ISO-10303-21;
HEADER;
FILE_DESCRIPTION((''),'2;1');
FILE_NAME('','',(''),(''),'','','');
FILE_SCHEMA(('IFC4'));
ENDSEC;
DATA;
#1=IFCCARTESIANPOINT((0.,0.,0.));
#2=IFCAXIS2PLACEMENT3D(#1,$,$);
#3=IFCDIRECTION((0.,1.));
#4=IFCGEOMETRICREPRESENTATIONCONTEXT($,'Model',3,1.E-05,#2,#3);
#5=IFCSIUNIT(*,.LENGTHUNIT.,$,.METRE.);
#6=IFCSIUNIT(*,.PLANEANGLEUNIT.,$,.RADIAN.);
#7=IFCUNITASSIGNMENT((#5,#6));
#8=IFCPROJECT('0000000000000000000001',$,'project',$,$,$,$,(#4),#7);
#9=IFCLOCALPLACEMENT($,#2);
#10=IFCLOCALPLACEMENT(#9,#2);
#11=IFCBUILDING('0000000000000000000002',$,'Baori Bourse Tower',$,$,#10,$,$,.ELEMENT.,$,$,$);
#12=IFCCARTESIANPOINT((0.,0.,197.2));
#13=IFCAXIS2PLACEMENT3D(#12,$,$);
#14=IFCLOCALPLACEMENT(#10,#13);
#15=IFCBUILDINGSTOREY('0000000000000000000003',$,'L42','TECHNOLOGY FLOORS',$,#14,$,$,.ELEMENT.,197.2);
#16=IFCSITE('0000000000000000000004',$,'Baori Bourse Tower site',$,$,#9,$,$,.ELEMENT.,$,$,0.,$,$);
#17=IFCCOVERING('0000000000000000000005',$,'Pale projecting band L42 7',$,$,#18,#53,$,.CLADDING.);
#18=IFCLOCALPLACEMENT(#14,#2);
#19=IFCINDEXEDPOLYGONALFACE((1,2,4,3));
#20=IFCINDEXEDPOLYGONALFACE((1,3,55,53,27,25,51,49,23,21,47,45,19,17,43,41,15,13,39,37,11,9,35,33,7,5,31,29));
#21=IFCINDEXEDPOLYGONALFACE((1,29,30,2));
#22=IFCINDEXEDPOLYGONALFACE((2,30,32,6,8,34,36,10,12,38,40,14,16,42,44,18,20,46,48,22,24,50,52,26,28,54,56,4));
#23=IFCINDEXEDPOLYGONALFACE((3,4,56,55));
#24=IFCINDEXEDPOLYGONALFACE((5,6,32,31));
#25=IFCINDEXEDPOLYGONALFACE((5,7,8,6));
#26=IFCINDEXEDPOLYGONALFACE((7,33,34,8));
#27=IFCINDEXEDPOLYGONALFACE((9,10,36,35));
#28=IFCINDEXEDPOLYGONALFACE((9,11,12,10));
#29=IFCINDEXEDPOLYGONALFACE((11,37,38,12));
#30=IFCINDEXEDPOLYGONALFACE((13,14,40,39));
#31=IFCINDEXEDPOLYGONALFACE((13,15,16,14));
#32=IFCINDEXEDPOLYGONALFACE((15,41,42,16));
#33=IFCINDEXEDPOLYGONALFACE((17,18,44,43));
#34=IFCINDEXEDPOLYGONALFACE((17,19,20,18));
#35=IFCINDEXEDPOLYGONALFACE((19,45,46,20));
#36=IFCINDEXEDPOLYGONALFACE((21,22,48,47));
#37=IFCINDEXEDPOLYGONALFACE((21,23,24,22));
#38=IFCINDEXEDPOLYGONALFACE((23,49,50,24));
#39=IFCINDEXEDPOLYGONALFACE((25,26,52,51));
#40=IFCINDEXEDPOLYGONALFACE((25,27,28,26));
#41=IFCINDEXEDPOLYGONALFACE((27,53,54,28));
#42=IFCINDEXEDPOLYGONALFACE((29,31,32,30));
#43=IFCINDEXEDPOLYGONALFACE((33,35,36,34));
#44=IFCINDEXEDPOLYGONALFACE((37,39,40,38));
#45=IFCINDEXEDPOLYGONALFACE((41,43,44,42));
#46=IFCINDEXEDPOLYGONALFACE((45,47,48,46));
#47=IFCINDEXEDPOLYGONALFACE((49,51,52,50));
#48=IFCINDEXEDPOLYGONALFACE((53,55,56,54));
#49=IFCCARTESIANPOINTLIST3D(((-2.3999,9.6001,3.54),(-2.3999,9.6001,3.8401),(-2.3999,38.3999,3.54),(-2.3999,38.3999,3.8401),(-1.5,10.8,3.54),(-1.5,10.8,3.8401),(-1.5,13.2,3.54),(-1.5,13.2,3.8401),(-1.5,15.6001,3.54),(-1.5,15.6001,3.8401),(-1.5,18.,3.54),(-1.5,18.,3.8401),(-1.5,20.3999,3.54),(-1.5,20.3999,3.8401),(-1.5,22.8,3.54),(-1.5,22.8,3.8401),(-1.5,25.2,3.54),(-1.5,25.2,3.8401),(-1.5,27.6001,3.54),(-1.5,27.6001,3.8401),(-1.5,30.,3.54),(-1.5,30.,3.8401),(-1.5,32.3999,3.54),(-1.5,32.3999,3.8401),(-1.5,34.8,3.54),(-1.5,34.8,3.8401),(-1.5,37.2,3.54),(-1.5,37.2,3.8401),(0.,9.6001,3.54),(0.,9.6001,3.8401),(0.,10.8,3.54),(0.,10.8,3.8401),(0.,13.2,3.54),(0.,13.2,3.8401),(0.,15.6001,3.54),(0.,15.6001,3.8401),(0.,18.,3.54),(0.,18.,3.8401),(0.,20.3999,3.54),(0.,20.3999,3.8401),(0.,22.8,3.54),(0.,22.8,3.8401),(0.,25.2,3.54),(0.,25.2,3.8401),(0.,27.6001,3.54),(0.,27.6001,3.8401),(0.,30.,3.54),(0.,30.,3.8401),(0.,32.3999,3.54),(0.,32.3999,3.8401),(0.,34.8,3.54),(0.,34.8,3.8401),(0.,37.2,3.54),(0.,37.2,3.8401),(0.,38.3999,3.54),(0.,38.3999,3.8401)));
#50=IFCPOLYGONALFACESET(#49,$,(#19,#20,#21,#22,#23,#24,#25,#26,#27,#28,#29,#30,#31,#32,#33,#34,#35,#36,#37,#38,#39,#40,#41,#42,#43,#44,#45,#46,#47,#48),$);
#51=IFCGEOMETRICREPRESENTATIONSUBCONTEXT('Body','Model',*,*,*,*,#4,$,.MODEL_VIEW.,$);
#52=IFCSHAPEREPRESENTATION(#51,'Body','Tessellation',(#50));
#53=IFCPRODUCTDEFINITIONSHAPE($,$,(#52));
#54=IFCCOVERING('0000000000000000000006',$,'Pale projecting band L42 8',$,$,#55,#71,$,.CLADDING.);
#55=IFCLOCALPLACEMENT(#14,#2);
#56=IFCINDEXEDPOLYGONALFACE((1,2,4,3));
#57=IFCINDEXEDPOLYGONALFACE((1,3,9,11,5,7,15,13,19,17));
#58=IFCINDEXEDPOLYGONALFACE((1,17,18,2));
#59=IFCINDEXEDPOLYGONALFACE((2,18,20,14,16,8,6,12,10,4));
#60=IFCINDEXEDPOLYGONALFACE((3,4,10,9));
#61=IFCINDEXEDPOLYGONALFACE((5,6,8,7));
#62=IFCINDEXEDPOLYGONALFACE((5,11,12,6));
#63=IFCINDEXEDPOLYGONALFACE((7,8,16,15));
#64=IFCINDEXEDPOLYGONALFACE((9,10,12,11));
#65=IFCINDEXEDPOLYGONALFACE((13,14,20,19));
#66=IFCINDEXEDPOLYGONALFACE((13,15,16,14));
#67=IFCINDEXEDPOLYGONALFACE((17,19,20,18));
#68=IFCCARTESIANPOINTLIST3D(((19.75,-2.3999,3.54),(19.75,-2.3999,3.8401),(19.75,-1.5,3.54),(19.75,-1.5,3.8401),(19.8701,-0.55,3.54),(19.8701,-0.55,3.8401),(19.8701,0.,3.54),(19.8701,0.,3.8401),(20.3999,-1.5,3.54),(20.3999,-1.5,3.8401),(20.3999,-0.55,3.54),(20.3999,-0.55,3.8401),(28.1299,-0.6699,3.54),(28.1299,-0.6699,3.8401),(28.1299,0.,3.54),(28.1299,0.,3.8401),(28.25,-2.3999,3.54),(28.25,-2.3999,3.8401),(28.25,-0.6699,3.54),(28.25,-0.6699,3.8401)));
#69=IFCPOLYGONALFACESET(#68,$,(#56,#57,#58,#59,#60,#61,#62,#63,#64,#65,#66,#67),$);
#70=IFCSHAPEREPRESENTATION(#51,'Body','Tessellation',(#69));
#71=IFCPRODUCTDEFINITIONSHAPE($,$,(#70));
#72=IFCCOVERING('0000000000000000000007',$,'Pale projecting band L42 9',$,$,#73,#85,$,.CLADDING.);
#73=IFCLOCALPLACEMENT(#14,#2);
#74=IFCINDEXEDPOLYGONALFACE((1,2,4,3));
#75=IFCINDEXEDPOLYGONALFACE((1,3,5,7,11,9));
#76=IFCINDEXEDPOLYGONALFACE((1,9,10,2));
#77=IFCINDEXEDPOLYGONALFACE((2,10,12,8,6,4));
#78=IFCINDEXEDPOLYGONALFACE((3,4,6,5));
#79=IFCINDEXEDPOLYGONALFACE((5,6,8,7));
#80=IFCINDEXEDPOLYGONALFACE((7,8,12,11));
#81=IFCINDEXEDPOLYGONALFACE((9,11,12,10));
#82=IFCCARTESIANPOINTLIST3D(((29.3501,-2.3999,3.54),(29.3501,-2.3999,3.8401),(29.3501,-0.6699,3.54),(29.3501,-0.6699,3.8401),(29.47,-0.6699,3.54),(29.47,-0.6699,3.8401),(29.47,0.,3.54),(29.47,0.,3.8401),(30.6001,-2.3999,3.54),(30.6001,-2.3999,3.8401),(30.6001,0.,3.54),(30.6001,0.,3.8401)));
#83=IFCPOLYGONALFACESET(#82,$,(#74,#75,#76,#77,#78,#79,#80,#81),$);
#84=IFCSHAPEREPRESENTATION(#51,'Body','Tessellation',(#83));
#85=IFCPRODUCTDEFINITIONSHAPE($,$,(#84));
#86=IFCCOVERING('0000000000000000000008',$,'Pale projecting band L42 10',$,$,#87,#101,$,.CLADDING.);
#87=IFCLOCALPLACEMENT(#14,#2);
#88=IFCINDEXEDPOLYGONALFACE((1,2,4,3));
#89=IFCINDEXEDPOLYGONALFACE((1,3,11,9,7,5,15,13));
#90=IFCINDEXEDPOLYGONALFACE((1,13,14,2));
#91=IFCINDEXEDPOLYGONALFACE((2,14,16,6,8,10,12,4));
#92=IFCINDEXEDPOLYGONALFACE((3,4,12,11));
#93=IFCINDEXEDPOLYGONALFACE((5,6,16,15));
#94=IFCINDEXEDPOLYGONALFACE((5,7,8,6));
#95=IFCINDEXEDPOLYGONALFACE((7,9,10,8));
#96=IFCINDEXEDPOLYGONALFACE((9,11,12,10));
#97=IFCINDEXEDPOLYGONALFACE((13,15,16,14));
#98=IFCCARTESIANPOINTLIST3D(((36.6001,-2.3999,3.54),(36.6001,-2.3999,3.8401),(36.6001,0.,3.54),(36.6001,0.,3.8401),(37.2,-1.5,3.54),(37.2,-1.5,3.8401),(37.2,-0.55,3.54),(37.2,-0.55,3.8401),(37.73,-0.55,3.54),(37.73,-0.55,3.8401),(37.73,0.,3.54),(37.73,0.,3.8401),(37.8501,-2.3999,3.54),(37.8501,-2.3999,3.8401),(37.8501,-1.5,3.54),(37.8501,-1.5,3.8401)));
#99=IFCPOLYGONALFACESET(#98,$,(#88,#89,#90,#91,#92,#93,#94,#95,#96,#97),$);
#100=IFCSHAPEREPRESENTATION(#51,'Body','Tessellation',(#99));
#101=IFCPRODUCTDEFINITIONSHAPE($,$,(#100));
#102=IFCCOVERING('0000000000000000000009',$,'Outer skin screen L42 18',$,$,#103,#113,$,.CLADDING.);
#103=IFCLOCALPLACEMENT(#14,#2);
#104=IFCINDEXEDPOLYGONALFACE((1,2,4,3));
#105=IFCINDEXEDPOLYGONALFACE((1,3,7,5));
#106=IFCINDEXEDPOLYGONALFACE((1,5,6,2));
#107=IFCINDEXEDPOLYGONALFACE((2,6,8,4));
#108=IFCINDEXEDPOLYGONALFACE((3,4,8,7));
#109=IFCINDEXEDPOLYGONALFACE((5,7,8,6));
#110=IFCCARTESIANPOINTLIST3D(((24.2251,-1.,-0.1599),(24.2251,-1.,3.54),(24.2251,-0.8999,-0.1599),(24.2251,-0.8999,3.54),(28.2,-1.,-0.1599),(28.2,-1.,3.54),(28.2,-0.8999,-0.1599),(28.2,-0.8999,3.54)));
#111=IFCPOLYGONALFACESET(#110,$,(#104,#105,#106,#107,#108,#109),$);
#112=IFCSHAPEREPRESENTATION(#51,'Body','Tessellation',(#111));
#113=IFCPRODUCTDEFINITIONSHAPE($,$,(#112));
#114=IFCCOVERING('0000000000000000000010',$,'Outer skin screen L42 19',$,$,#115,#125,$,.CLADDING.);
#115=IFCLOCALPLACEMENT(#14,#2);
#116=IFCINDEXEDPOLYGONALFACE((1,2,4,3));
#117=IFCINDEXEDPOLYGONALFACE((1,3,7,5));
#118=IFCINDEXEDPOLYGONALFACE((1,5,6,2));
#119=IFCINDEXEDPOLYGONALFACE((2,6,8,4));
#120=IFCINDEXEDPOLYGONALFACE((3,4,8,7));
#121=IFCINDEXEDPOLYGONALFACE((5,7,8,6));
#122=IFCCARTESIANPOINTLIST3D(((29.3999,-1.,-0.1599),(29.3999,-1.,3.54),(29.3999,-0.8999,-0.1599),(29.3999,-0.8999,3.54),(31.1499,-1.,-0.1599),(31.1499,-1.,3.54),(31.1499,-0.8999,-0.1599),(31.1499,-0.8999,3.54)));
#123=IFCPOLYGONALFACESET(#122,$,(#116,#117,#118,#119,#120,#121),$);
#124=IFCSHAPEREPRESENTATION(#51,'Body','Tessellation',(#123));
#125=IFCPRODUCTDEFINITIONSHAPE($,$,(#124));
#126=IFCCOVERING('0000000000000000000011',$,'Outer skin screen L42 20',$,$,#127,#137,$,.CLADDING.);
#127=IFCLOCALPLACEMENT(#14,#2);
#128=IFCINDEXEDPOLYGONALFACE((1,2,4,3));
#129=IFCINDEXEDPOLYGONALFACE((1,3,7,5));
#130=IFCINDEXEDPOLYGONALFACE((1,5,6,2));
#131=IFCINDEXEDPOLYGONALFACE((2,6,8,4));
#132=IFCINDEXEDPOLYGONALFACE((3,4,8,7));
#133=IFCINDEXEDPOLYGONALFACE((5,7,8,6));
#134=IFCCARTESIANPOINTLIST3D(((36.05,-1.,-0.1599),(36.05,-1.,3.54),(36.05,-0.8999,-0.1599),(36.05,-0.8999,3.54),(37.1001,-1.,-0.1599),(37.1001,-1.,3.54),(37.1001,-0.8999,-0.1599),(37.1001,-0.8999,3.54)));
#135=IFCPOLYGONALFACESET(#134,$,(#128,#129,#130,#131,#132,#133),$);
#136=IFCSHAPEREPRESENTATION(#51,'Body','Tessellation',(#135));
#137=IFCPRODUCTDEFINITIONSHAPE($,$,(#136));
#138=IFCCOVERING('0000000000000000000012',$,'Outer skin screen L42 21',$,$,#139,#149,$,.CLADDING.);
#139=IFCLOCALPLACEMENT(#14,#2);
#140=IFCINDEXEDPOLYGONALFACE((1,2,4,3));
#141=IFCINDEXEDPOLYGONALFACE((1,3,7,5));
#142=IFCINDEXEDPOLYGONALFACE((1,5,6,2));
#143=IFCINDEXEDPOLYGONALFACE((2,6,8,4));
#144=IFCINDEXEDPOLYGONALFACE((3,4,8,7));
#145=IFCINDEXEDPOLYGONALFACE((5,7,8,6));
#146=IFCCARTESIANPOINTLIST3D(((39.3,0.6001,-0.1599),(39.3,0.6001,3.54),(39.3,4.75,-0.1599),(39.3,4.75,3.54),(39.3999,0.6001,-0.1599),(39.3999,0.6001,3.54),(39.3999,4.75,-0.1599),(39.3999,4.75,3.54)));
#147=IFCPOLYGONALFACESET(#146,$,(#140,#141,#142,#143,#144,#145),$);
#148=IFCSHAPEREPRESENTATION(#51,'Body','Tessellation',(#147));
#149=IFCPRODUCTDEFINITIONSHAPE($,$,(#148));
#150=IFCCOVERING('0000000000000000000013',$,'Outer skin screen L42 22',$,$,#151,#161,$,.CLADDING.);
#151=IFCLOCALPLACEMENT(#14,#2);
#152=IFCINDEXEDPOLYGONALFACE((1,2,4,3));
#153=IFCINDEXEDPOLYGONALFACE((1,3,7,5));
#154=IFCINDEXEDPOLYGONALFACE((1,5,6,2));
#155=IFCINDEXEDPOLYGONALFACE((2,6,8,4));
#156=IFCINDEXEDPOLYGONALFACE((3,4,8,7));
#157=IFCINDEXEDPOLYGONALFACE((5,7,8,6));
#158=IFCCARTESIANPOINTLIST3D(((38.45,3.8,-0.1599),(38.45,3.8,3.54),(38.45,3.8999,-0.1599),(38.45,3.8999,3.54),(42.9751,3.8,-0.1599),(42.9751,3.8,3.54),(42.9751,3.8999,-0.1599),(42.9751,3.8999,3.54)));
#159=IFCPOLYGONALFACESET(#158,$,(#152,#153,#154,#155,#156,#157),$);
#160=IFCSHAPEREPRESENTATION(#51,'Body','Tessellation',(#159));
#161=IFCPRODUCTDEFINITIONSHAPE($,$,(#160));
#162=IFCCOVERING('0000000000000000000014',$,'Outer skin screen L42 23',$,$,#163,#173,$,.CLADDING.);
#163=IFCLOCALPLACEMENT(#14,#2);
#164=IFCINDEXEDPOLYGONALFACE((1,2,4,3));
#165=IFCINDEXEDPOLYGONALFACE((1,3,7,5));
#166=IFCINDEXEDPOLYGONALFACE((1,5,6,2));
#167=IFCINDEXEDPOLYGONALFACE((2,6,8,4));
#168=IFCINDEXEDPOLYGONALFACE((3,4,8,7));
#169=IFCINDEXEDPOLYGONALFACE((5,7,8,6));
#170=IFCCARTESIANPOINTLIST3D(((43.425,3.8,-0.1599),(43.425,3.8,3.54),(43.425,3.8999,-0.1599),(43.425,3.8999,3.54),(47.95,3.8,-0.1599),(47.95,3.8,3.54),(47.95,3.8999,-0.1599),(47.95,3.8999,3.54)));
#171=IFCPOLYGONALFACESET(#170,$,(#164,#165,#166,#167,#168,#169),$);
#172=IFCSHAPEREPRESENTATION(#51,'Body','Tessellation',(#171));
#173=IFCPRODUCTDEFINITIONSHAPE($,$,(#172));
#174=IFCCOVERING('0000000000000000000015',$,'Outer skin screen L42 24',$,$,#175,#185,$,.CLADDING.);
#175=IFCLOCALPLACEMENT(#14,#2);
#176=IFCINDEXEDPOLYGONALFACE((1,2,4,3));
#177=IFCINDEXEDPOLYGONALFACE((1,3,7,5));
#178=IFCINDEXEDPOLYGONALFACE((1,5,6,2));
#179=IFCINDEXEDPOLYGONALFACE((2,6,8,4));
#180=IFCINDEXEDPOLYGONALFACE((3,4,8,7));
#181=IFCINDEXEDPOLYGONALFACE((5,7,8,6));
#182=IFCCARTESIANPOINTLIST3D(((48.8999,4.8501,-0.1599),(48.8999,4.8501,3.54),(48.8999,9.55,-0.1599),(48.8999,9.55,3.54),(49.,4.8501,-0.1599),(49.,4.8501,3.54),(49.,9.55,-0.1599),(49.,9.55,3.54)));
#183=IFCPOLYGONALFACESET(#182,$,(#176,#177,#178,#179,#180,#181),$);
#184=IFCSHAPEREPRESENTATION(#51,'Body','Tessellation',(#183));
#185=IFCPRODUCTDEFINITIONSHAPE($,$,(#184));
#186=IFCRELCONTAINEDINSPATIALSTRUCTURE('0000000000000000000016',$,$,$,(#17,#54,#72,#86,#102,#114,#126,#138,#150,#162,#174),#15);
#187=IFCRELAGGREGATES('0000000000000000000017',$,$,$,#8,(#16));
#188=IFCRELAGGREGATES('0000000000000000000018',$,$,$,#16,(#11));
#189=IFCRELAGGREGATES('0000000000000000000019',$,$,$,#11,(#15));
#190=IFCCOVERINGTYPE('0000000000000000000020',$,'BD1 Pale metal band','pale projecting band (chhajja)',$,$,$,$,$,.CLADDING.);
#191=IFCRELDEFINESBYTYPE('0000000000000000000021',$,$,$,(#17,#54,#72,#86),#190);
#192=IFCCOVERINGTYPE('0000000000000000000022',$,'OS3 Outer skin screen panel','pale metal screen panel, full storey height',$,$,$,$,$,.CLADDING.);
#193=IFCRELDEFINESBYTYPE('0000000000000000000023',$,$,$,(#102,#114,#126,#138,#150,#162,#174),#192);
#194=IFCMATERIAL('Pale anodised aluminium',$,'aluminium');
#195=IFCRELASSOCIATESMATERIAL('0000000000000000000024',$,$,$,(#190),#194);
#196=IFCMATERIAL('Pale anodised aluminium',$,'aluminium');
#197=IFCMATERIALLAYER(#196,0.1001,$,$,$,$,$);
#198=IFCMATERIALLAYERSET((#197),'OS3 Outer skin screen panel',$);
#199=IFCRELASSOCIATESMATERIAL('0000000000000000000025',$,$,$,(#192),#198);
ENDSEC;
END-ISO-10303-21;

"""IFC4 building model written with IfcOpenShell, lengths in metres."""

from ifc_helpers import new_model, si_unit, direction, frame, origin, place, context, subcontext, project, spatial, polyline, outline, extrude, material, layer, layer_set, type_object, element, save


model = new_model("IFC4")

# Units and contexts
model_context = context("Model", 3, precision=1e-05, world=origin(), true_north=direction((0.0, 1.0)))
body_context = subcontext(model_context, "Body", "Model", "MODEL_VIEW")
ifc_project = project(units=[si_unit("LENGTHUNIT", "METRE"), si_unit("PLANEANGLEUNIT", "RADIAN")], contexts=[model_context])

# Site, building, storey
site_placement = place(None, origin())
site = spatial("IfcSite", under=ifc_project, at=site_placement, Name="Baori Bourse Tower site", CompositionType="ELEMENT", RefElevation=0.0)
building_placement = place(site_placement, origin())
building = spatial("IfcBuilding", under=site, at=building_placement, Name="Baori Bourse Tower", CompositionType="ELEMENT")
storey_placement = place(building_placement, frame((0.0, 0.0, 197.2)))
storey = spatial("IfcBuildingStorey", under=building, at=storey_placement, Name="L42", Description="TECHNOLOGY FLOORS", CompositionType="ELEMENT", Elevation=197.2)

# Coverings
ifc_material_1 = material(Name="Pale anodised aluminium", Category="aluminium")
covering_type_1 = type_object("IfcCoveringType", Name="BD1 Pale metal band", Description="pale projecting band (chhajja)", PredefinedType="CLADDING", material=ifc_material_1)
covering_1_placement = place(storey_placement, frame((0.0, 0.0, 3.54)))
element("IfcCovering", 1, at=covering_1_placement, inside=storey, type_object=covering_type_1, Name="Pale projecting band L42 7", PredefinedType="CLADDING", context=body_context, shape_type="SweptSolid", body=[
    extrude(outline(polyline([(0.0, 37.2), (0.0, 38.3999), (-2.3999, 38.3999), (-2.3999, 9.6001), (0.0, 9.6001), (0.0, 10.8), (-1.5, 10.8), (-1.5, 13.2), (0.0, 13.2), (0.0, 15.6001), (-1.5, 15.6001), (-1.5, 18.0), (0.0, 18.0), (0.0, 20.3999), (-1.5, 20.3999), (-1.5, 22.8), (0.0, 22.8), (0.0, 25.2), (-1.5, 25.2), (-1.5, 27.6001), (0.0, 27.6001), (0.0, 30.0), (-1.5, 30.0), (-1.5, 32.3999), (0.0, 32.3999), (0.0, 34.8), (-1.5, 34.8), (-1.5, 37.2), (0.0, 37.2)])), origin(), (0.0, 0.0, 1.0), 0.3),
])
covering_2_placement = place(storey_placement, frame((0.0, 0.0, 3.54)))
element("IfcCovering", 2, at=covering_2_placement, inside=storey, type_object=covering_type_1, Name="Pale projecting band L42 8", PredefinedType="CLADDING", context=body_context, shape_type="SweptSolid", body=[
    extrude(outline(polyline([(28.1299, 0.0), (19.8701, 0.0), (19.8701, -0.55), (20.3999, -0.55), (20.3999, -1.5), (19.75, -1.5), (19.75, -2.3999), (28.25, -2.3999), (28.25, -0.6699), (28.1299, -0.6699), (28.1299, 0.0)])), origin(), (0.0, 0.0, 1.0), 0.3),
])
covering_3_placement = place(storey_placement, frame((0.0, 0.0, 3.54)))
element("IfcCovering", 3, at=covering_3_placement, inside=storey, type_object=covering_type_1, Name="Pale projecting band L42 9", PredefinedType="CLADDING", context=body_context, shape_type="SweptSolid", body=[
    extrude(outline(polyline([(30.6001, 0.0), (29.47, 0.0), (29.47, -0.6699), (29.3501, -0.6699), (29.3501, -2.3999), (30.6001, -2.3999), (30.6001, 0.0)])), origin(), (0.0, 0.0, 1.0), 0.3),
])
covering_4_placement = place(storey_placement, frame((0.0, 0.0, 3.54)))
element("IfcCovering", 4, at=covering_4_placement, inside=storey, type_object=covering_type_1, Name="Pale projecting band L42 10", PredefinedType="CLADDING", context=body_context, shape_type="SweptSolid", body=[
    extrude(outline(polyline([(37.73, 0.0), (36.6001, 0.0), (36.6001, -2.3999), (37.8501, -2.3999), (37.8501, -1.5), (37.2, -1.5), (37.2, -0.55), (37.73, -0.55), (37.73, 0.0)])), origin(), (0.0, 0.0, 1.0), 0.3),
])
ifc_material_2 = material(Name="Pale anodised aluminium", Category="aluminium")
ifc_layer = layer(ifc_material_2, 0.1001)
ifc_layer_set = layer_set([ifc_layer], Name="OS3 Outer skin screen panel")
covering_type_2 = type_object("IfcCoveringType", Name="OS3 Outer skin screen panel", Description="pale metal screen panel, full storey height", PredefinedType="CLADDING", material=ifc_layer_set)
covering_5_placement = place(storey_placement, frame((0.0, 0.0, -0.1599)))
element("IfcCovering", 5, at=covering_5_placement, inside=storey, type_object=covering_type_2, Name="Outer skin screen L42 18", PredefinedType="CLADDING", context=body_context, shape_type="SweptSolid", body=[
    extrude(outline(polyline([(28.2, -0.8999), (24.2251, -0.8999), (24.2251, -1.0), (28.2, -1.0), (28.2, -0.8999)])), origin(), (0.0, 0.0, 1.0), 3.7),
])
covering_6_placement = place(storey_placement, frame((0.0, 0.0, -0.1599)))
element("IfcCovering", 6, at=covering_6_placement, inside=storey, type_object=covering_type_2, Name="Outer skin screen L42 19", PredefinedType="CLADDING", context=body_context, shape_type="SweptSolid", body=[
    extrude(outline(polyline([(31.1499, -0.8999), (29.3999, -0.8999), (29.3999, -1.0), (31.1499, -1.0), (31.1499, -0.8999)])), origin(), (0.0, 0.0, 1.0), 3.7),
])
covering_7_placement = place(storey_placement, frame((0.0, 0.0, -0.1599)))
element("IfcCovering", 7, at=covering_7_placement, inside=storey, type_object=covering_type_2, Name="Outer skin screen L42 20", PredefinedType="CLADDING", context=body_context, shape_type="SweptSolid", body=[
    extrude(outline(polyline([(37.1001, -0.8999), (36.05, -0.8999), (36.05, -1.0), (37.1001, -1.0), (37.1001, -0.8999)])), origin(), (0.0, 0.0, 1.0), 3.7),
])
covering_8_placement = place(storey_placement, frame((0.0, 0.0, -0.1599)))
element("IfcCovering", 8, at=covering_8_placement, inside=storey, type_object=covering_type_2, Name="Outer skin screen L42 21", PredefinedType="CLADDING", context=body_context, shape_type="SweptSolid", body=[
    extrude(outline(polyline([(39.3, 4.75), (39.3, 0.6001), (39.3999, 0.6001), (39.3999, 4.75), (39.3, 4.75)])), origin(), (0.0, 0.0, 1.0), 3.7),
])
covering_9_placement = place(storey_placement, frame((0.0, 0.0, -0.1599)))
element("IfcCovering", 9, at=covering_9_placement, inside=storey, type_object=covering_type_2, Name="Outer skin screen L42 22", PredefinedType="CLADDING", context=body_context, shape_type="SweptSolid", body=[
    extrude(outline(polyline([(42.9751, 3.8999), (38.45, 3.8999), (38.45, 3.8), (42.9751, 3.8), (42.9751, 3.8999)])), origin(), (0.0, 0.0, 1.0), 3.7),
])
covering_10_placement = place(storey_placement, frame((0.0, 0.0, -0.1599)))
element("IfcCovering", 10, at=covering_10_placement, inside=storey, type_object=covering_type_2, Name="Outer skin screen L42 23", PredefinedType="CLADDING", context=body_context, shape_type="SweptSolid", body=[
    extrude(outline(polyline([(47.95, 3.8999), (43.425, 3.8999), (43.425, 3.8), (47.95, 3.8), (47.95, 3.8999)])), origin(), (0.0, 0.0, 1.0), 3.7),
])
covering_11_placement = place(storey_placement, frame((0.0, 0.0, -0.1599)))
element("IfcCovering", 11, at=covering_11_placement, inside=storey, type_object=covering_type_2, Name="Outer skin screen L42 24", PredefinedType="CLADDING", context=body_context, shape_type="SweptSolid", body=[
    extrude(outline(polyline([(48.8999, 9.55), (48.8999, 4.8501), (49.0, 4.8501), (49.0, 9.55), (48.8999, 9.55)])), origin(), (0.0, 0.0, 1.0), 3.7),
])

save(model, "model.ifc")
